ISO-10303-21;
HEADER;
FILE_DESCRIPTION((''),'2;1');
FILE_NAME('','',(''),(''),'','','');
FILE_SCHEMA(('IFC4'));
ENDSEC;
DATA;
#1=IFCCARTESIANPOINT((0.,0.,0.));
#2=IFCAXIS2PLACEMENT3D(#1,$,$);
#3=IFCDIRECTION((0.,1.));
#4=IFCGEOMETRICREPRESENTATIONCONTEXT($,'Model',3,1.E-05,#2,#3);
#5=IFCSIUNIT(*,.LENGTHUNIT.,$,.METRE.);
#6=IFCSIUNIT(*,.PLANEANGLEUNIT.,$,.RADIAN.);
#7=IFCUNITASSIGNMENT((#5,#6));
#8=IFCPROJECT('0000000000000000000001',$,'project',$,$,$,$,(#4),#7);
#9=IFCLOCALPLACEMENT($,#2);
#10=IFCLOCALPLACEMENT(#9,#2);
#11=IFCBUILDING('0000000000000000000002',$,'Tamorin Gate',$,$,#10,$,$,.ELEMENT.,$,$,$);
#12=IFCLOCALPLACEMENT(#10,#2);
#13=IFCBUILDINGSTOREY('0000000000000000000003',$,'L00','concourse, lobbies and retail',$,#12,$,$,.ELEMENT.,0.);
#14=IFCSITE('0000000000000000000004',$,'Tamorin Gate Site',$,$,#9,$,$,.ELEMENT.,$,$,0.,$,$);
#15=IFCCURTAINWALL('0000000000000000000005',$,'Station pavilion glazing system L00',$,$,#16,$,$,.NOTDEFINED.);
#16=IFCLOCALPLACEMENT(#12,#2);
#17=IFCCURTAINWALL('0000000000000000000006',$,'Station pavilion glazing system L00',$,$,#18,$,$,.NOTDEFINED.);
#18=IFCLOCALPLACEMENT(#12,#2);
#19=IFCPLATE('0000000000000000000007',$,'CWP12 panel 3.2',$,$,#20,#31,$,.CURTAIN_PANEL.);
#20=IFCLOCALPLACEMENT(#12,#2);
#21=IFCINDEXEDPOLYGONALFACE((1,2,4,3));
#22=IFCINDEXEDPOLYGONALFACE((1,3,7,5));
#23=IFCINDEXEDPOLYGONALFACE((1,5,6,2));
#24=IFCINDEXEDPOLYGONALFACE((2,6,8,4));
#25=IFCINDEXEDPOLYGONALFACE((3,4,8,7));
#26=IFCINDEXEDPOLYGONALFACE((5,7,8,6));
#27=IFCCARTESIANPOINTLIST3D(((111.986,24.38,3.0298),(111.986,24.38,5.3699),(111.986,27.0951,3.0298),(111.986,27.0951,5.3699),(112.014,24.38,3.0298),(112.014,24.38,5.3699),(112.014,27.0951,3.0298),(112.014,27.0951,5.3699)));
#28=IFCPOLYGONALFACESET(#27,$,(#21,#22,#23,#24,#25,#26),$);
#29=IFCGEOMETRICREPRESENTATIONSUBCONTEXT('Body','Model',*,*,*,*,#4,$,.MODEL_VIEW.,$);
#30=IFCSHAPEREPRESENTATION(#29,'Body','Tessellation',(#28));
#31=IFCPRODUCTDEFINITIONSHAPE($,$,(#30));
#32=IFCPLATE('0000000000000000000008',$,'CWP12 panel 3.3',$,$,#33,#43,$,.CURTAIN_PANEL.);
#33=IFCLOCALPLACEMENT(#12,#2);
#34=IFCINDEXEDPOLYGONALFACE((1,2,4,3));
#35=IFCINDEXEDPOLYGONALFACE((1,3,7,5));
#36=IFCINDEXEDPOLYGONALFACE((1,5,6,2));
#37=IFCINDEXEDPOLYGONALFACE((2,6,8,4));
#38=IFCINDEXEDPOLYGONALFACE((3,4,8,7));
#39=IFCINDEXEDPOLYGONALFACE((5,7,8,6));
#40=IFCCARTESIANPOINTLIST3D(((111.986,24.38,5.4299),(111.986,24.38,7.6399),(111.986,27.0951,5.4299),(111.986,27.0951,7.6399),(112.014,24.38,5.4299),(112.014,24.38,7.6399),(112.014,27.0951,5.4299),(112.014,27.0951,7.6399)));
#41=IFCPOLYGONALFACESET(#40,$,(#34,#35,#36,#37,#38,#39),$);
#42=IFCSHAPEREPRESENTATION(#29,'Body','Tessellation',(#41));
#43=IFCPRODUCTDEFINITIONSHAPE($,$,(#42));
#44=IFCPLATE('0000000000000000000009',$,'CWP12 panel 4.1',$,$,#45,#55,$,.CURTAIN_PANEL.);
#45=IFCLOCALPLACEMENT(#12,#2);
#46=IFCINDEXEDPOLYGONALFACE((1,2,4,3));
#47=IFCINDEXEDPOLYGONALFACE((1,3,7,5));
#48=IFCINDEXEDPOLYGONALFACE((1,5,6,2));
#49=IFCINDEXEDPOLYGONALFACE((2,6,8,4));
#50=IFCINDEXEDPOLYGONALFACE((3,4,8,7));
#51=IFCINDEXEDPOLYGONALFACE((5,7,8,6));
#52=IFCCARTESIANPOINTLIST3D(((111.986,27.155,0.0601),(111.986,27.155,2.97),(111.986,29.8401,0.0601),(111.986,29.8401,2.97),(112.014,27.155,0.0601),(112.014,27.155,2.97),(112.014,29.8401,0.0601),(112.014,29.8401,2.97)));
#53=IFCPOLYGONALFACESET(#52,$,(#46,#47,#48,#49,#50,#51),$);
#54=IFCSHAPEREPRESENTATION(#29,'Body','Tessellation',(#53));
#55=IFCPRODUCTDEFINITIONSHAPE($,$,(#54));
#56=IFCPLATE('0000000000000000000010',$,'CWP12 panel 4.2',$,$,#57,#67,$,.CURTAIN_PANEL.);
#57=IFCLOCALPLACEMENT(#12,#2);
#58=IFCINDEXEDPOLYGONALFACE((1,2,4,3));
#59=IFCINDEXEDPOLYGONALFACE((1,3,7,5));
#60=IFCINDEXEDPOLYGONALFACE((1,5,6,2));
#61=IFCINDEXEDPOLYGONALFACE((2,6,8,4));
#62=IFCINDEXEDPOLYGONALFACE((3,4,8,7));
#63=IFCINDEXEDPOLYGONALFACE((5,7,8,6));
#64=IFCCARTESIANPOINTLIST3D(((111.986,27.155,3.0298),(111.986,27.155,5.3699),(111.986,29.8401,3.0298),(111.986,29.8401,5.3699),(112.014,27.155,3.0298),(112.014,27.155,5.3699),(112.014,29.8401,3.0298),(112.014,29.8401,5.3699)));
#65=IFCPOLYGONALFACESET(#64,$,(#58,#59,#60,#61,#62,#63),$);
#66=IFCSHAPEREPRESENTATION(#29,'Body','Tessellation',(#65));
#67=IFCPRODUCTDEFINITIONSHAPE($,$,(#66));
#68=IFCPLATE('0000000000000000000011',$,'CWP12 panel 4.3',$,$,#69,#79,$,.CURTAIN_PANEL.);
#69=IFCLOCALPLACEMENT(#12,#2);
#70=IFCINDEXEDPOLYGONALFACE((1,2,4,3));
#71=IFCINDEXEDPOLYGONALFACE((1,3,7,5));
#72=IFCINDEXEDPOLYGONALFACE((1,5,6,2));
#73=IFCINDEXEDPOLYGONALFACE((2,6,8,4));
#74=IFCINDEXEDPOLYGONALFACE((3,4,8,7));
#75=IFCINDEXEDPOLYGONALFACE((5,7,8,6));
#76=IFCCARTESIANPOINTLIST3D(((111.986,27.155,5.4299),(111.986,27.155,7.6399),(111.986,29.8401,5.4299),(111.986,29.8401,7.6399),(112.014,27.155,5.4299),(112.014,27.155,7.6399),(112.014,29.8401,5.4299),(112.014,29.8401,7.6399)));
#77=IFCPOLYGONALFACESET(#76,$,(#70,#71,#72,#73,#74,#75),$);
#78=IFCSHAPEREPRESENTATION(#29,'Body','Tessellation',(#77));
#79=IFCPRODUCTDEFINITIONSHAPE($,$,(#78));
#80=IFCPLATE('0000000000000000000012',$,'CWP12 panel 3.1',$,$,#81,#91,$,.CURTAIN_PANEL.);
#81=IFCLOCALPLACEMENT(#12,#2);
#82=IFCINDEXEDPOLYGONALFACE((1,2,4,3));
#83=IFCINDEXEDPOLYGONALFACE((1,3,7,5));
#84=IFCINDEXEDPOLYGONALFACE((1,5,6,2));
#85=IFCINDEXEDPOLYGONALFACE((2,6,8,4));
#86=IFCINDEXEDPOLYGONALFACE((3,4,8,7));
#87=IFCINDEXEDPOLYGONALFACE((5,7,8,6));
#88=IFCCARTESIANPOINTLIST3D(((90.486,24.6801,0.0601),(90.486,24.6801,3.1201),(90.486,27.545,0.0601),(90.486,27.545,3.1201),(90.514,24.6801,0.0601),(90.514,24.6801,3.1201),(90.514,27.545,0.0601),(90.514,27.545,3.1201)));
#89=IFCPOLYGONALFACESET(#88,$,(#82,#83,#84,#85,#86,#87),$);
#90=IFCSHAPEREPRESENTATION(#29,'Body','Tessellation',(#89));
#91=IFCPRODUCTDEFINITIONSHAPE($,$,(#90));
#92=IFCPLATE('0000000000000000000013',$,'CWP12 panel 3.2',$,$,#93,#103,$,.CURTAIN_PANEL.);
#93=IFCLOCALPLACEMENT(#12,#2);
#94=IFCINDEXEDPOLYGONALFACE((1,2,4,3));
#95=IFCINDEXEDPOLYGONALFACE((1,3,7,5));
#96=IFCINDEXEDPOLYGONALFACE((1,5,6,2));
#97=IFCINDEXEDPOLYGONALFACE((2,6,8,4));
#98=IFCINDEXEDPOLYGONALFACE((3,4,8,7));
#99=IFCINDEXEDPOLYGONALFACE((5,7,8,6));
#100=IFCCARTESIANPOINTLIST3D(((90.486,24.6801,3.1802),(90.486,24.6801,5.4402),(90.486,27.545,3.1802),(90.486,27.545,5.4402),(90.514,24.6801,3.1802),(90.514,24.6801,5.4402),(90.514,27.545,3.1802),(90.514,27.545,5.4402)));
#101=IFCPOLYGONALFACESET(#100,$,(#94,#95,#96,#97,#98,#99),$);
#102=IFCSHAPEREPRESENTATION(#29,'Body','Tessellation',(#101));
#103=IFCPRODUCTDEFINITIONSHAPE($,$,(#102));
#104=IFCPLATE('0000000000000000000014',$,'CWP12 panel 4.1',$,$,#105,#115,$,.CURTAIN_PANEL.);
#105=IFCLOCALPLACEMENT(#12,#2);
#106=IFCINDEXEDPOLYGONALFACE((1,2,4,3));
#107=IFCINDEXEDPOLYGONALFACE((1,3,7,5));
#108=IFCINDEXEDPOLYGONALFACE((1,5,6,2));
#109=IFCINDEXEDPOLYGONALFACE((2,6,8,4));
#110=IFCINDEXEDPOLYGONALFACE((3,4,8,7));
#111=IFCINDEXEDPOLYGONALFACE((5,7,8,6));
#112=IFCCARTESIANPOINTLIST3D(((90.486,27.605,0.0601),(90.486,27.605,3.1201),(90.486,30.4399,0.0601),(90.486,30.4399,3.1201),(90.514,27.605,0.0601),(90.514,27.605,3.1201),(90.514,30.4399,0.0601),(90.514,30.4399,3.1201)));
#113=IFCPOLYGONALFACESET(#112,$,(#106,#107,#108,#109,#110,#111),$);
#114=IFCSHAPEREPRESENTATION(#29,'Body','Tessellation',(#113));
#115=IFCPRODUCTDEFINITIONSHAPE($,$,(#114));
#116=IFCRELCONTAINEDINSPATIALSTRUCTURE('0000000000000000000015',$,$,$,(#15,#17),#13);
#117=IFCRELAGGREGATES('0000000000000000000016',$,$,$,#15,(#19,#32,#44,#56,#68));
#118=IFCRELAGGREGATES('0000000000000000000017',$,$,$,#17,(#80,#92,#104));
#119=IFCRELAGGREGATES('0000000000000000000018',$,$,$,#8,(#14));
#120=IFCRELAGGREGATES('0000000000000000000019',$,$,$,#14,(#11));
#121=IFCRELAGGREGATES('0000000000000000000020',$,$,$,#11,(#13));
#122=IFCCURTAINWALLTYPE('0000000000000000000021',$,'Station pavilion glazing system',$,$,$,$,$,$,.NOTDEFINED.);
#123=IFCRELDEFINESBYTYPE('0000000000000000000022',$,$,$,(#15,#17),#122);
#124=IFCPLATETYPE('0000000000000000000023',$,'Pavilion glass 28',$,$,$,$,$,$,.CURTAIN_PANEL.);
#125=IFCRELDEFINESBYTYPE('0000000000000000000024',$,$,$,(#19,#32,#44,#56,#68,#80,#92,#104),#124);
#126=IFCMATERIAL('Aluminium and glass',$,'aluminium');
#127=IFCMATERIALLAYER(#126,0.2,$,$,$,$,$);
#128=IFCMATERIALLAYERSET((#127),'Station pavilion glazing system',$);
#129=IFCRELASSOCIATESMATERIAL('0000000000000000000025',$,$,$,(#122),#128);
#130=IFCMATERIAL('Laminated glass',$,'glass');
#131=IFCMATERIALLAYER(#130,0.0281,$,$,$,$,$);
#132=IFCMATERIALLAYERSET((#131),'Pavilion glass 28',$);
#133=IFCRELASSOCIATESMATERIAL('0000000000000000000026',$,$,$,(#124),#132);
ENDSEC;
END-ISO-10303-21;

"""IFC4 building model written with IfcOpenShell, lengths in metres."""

from ifc_helpers import new_model, si_unit, direction, frame, origin, origin_2d, place, context, subcontext, project, spatial, rectangle, extrude, material, layer, layer_set, type_object, element, aggregate, save


model = new_model("IFC4")

# Units and contexts
model_context = context("Model", 3, precision=1e-05, world=origin(), true_north=direction((0.0, 1.0)))
body_context = subcontext(model_context, "Body", "Model", "MODEL_VIEW")
ifc_project = project(units=[si_unit("LENGTHUNIT", "METRE"), si_unit("PLANEANGLEUNIT", "RADIAN")], contexts=[model_context])

# Site, building, storey
site_placement = place(None, origin())
site = spatial("IfcSite", under=ifc_project, at=site_placement, Name="Tamorin Gate Site", CompositionType="ELEMENT", RefElevation=0.0)
building_placement = place(site_placement, origin())
building = spatial("IfcBuilding", under=site, at=building_placement, Name="Tamorin Gate", CompositionType="ELEMENT")
storey_placement = place(building_placement, origin())
storey = spatial("IfcBuildingStorey", under=building, at=storey_placement, Name="L00", Description="concourse, lobbies and retail", CompositionType="ELEMENT", Elevation=0.0)

# Curtain walls
ifc_material_1 = material(Name="Aluminium and glass", Category="aluminium")
ifc_layer_1 = layer(ifc_material_1, 0.2)
ifc_layer_set_1 = layer_set([ifc_layer_1], Name="Station pavilion glazing system")
curtain_wall_type = type_object("IfcCurtainWallType", Name="Station pavilion glazing system", PredefinedType="NOTDEFINED", material=ifc_layer_set_1)
curtain_wall_1_placement = place(storey_placement, origin())
curtain_wall_1 = element("IfcCurtainWall", 1, at=curtain_wall_1_placement, inside=storey, type_object=curtain_wall_type, Name="Station pavilion glazing system L00", PredefinedType="NOTDEFINED")
curtain_wall_2_placement = place(storey_placement, origin())
curtain_wall_2 = element("IfcCurtainWall", 2, at=curtain_wall_2_placement, inside=storey, type_object=curtain_wall_type, Name="Station pavilion glazing system L00", PredefinedType="NOTDEFINED")

# Plates
ifc_material_2 = material(Name="Laminated glass", Category="glass")
ifc_layer_2 = layer(ifc_material_2, 0.0281)
ifc_layer_set_2 = layer_set([ifc_layer_2], Name="Pavilion glass 28")
plate_type = type_object("IfcPlateType", Name="Pavilion glass 28", PredefinedType="CURTAIN_PANEL", material=ifc_layer_set_2)
plate_1_placement = place(storey_placement, frame((112.0, 25.7375, 3.0298), z_axis=(0.0, 0.0, 1.0), x_axis=(0.0, 1.0, 0.0)))
plate_1 = element("IfcPlate", 3, at=plate_1_placement, type_object=plate_type, Name="CWP12 panel 3.2", PredefinedType="CURTAIN_PANEL", context=body_context, shape_type="SweptSolid", body=[
    extrude(rectangle(XDim=2.7151, YDim=0.0281, at=origin_2d()), origin(), (0.0, 0.0, 1.0), 2.3401),
])
plate_2_placement = place(storey_placement, frame((112.0, 25.7375, 5.4299), z_axis=(0.0, 0.0, 1.0), x_axis=(0.0, 1.0, 0.0)))
plate_2 = element("IfcPlate", 4, at=plate_2_placement, type_object=plate_type, Name="CWP12 panel 3.3", PredefinedType="CURTAIN_PANEL", context=body_context, shape_type="SweptSolid", body=[
    extrude(rectangle(XDim=2.7151, YDim=0.0281, at=origin_2d()), origin(), (0.0, 0.0, 1.0), 2.21),
])
plate_3_placement = place(storey_placement, frame((112.0, 28.4976, 0.0601), z_axis=(0.0, 0.0, 1.0), x_axis=(0.0, 1.0, 0.0)))
plate_3 = element("IfcPlate", 5, at=plate_3_placement, type_object=plate_type, Name="CWP12 panel 4.1", PredefinedType="CURTAIN_PANEL", context=body_context, shape_type="SweptSolid", body=[
    extrude(rectangle(XDim=2.6851, YDim=0.0281, at=origin_2d()), origin(), (0.0, 0.0, 1.0), 2.9099),
])
plate_4_placement = place(storey_placement, frame((112.0, 28.4976, 3.0298), z_axis=(0.0, 0.0, 1.0), x_axis=(0.0, 1.0, 0.0)))
plate_4 = element("IfcPlate", 6, at=plate_4_placement, type_object=plate_type, Name="CWP12 panel 4.2", PredefinedType="CURTAIN_PANEL", context=body_context, shape_type="SweptSolid", body=[
    extrude(rectangle(XDim=2.6851, YDim=0.0281, at=origin_2d()), origin(), (0.0, 0.0, 1.0), 2.3401),
])
plate_5_placement = place(storey_placement, frame((112.0, 28.4976, 5.4299), z_axis=(0.0, 0.0, 1.0), x_axis=(0.0, 1.0, 0.0)))
plate_5 = element("IfcPlate", 7, at=plate_5_placement, type_object=plate_type, Name="CWP12 panel 4.3", PredefinedType="CURTAIN_PANEL", context=body_context, shape_type="SweptSolid", body=[
    extrude(rectangle(XDim=2.6851, YDim=0.0281, at=origin_2d()), origin(), (0.0, 0.0, 1.0), 2.21),
])
aggregate(curtain_wall_1, [plate_1, plate_2, plate_3, plate_4, plate_5])
plate_6_placement = place(storey_placement, frame((90.5, 26.1125, 0.0601), z_axis=(0.0, 0.0, 1.0), x_axis=(0.0, 1.0, 0.0)))
plate_6 = element("IfcPlate", 8, at=plate_6_placement, type_object=plate_type, Name="CWP12 panel 3.1", PredefinedType="CURTAIN_PANEL", context=body_context, shape_type="SweptSolid", body=[
    extrude(rectangle(XDim=2.865, YDim=0.0281, at=origin_2d()), origin(), (0.0, 0.0, 1.0), 3.0601),
])
plate_7_placement = place(storey_placement, frame((90.5, 26.1125, 3.1802), z_axis=(0.0, 0.0, 1.0), x_axis=(0.0, 1.0, 0.0)))
plate_7 = element("IfcPlate", 9, at=plate_7_placement, type_object=plate_type, Name="CWP12 panel 3.2", PredefinedType="CURTAIN_PANEL", context=body_context, shape_type="SweptSolid", body=[
    extrude(rectangle(XDim=2.865, YDim=0.0281, at=origin_2d()), origin(), (0.0, 0.0, 1.0), 2.26),
])
plate_8_placement = place(storey_placement, frame((90.5, 29.0225, 0.0601), z_axis=(0.0, 0.0, 1.0), x_axis=(0.0, 1.0, 0.0)))
plate_8 = element("IfcPlate", 10, at=plate_8_placement, type_object=plate_type, Name="CWP12 panel 4.1", PredefinedType="CURTAIN_PANEL", context=body_context, shape_type="SweptSolid", body=[
    extrude(rectangle(XDim=2.835, YDim=0.0281, at=origin_2d()), origin(), (0.0, 0.0, 1.0), 3.0601),
])
aggregate(curtain_wall_2, [plate_6, plate_7, plate_8])

save(model, "model.ifc")
